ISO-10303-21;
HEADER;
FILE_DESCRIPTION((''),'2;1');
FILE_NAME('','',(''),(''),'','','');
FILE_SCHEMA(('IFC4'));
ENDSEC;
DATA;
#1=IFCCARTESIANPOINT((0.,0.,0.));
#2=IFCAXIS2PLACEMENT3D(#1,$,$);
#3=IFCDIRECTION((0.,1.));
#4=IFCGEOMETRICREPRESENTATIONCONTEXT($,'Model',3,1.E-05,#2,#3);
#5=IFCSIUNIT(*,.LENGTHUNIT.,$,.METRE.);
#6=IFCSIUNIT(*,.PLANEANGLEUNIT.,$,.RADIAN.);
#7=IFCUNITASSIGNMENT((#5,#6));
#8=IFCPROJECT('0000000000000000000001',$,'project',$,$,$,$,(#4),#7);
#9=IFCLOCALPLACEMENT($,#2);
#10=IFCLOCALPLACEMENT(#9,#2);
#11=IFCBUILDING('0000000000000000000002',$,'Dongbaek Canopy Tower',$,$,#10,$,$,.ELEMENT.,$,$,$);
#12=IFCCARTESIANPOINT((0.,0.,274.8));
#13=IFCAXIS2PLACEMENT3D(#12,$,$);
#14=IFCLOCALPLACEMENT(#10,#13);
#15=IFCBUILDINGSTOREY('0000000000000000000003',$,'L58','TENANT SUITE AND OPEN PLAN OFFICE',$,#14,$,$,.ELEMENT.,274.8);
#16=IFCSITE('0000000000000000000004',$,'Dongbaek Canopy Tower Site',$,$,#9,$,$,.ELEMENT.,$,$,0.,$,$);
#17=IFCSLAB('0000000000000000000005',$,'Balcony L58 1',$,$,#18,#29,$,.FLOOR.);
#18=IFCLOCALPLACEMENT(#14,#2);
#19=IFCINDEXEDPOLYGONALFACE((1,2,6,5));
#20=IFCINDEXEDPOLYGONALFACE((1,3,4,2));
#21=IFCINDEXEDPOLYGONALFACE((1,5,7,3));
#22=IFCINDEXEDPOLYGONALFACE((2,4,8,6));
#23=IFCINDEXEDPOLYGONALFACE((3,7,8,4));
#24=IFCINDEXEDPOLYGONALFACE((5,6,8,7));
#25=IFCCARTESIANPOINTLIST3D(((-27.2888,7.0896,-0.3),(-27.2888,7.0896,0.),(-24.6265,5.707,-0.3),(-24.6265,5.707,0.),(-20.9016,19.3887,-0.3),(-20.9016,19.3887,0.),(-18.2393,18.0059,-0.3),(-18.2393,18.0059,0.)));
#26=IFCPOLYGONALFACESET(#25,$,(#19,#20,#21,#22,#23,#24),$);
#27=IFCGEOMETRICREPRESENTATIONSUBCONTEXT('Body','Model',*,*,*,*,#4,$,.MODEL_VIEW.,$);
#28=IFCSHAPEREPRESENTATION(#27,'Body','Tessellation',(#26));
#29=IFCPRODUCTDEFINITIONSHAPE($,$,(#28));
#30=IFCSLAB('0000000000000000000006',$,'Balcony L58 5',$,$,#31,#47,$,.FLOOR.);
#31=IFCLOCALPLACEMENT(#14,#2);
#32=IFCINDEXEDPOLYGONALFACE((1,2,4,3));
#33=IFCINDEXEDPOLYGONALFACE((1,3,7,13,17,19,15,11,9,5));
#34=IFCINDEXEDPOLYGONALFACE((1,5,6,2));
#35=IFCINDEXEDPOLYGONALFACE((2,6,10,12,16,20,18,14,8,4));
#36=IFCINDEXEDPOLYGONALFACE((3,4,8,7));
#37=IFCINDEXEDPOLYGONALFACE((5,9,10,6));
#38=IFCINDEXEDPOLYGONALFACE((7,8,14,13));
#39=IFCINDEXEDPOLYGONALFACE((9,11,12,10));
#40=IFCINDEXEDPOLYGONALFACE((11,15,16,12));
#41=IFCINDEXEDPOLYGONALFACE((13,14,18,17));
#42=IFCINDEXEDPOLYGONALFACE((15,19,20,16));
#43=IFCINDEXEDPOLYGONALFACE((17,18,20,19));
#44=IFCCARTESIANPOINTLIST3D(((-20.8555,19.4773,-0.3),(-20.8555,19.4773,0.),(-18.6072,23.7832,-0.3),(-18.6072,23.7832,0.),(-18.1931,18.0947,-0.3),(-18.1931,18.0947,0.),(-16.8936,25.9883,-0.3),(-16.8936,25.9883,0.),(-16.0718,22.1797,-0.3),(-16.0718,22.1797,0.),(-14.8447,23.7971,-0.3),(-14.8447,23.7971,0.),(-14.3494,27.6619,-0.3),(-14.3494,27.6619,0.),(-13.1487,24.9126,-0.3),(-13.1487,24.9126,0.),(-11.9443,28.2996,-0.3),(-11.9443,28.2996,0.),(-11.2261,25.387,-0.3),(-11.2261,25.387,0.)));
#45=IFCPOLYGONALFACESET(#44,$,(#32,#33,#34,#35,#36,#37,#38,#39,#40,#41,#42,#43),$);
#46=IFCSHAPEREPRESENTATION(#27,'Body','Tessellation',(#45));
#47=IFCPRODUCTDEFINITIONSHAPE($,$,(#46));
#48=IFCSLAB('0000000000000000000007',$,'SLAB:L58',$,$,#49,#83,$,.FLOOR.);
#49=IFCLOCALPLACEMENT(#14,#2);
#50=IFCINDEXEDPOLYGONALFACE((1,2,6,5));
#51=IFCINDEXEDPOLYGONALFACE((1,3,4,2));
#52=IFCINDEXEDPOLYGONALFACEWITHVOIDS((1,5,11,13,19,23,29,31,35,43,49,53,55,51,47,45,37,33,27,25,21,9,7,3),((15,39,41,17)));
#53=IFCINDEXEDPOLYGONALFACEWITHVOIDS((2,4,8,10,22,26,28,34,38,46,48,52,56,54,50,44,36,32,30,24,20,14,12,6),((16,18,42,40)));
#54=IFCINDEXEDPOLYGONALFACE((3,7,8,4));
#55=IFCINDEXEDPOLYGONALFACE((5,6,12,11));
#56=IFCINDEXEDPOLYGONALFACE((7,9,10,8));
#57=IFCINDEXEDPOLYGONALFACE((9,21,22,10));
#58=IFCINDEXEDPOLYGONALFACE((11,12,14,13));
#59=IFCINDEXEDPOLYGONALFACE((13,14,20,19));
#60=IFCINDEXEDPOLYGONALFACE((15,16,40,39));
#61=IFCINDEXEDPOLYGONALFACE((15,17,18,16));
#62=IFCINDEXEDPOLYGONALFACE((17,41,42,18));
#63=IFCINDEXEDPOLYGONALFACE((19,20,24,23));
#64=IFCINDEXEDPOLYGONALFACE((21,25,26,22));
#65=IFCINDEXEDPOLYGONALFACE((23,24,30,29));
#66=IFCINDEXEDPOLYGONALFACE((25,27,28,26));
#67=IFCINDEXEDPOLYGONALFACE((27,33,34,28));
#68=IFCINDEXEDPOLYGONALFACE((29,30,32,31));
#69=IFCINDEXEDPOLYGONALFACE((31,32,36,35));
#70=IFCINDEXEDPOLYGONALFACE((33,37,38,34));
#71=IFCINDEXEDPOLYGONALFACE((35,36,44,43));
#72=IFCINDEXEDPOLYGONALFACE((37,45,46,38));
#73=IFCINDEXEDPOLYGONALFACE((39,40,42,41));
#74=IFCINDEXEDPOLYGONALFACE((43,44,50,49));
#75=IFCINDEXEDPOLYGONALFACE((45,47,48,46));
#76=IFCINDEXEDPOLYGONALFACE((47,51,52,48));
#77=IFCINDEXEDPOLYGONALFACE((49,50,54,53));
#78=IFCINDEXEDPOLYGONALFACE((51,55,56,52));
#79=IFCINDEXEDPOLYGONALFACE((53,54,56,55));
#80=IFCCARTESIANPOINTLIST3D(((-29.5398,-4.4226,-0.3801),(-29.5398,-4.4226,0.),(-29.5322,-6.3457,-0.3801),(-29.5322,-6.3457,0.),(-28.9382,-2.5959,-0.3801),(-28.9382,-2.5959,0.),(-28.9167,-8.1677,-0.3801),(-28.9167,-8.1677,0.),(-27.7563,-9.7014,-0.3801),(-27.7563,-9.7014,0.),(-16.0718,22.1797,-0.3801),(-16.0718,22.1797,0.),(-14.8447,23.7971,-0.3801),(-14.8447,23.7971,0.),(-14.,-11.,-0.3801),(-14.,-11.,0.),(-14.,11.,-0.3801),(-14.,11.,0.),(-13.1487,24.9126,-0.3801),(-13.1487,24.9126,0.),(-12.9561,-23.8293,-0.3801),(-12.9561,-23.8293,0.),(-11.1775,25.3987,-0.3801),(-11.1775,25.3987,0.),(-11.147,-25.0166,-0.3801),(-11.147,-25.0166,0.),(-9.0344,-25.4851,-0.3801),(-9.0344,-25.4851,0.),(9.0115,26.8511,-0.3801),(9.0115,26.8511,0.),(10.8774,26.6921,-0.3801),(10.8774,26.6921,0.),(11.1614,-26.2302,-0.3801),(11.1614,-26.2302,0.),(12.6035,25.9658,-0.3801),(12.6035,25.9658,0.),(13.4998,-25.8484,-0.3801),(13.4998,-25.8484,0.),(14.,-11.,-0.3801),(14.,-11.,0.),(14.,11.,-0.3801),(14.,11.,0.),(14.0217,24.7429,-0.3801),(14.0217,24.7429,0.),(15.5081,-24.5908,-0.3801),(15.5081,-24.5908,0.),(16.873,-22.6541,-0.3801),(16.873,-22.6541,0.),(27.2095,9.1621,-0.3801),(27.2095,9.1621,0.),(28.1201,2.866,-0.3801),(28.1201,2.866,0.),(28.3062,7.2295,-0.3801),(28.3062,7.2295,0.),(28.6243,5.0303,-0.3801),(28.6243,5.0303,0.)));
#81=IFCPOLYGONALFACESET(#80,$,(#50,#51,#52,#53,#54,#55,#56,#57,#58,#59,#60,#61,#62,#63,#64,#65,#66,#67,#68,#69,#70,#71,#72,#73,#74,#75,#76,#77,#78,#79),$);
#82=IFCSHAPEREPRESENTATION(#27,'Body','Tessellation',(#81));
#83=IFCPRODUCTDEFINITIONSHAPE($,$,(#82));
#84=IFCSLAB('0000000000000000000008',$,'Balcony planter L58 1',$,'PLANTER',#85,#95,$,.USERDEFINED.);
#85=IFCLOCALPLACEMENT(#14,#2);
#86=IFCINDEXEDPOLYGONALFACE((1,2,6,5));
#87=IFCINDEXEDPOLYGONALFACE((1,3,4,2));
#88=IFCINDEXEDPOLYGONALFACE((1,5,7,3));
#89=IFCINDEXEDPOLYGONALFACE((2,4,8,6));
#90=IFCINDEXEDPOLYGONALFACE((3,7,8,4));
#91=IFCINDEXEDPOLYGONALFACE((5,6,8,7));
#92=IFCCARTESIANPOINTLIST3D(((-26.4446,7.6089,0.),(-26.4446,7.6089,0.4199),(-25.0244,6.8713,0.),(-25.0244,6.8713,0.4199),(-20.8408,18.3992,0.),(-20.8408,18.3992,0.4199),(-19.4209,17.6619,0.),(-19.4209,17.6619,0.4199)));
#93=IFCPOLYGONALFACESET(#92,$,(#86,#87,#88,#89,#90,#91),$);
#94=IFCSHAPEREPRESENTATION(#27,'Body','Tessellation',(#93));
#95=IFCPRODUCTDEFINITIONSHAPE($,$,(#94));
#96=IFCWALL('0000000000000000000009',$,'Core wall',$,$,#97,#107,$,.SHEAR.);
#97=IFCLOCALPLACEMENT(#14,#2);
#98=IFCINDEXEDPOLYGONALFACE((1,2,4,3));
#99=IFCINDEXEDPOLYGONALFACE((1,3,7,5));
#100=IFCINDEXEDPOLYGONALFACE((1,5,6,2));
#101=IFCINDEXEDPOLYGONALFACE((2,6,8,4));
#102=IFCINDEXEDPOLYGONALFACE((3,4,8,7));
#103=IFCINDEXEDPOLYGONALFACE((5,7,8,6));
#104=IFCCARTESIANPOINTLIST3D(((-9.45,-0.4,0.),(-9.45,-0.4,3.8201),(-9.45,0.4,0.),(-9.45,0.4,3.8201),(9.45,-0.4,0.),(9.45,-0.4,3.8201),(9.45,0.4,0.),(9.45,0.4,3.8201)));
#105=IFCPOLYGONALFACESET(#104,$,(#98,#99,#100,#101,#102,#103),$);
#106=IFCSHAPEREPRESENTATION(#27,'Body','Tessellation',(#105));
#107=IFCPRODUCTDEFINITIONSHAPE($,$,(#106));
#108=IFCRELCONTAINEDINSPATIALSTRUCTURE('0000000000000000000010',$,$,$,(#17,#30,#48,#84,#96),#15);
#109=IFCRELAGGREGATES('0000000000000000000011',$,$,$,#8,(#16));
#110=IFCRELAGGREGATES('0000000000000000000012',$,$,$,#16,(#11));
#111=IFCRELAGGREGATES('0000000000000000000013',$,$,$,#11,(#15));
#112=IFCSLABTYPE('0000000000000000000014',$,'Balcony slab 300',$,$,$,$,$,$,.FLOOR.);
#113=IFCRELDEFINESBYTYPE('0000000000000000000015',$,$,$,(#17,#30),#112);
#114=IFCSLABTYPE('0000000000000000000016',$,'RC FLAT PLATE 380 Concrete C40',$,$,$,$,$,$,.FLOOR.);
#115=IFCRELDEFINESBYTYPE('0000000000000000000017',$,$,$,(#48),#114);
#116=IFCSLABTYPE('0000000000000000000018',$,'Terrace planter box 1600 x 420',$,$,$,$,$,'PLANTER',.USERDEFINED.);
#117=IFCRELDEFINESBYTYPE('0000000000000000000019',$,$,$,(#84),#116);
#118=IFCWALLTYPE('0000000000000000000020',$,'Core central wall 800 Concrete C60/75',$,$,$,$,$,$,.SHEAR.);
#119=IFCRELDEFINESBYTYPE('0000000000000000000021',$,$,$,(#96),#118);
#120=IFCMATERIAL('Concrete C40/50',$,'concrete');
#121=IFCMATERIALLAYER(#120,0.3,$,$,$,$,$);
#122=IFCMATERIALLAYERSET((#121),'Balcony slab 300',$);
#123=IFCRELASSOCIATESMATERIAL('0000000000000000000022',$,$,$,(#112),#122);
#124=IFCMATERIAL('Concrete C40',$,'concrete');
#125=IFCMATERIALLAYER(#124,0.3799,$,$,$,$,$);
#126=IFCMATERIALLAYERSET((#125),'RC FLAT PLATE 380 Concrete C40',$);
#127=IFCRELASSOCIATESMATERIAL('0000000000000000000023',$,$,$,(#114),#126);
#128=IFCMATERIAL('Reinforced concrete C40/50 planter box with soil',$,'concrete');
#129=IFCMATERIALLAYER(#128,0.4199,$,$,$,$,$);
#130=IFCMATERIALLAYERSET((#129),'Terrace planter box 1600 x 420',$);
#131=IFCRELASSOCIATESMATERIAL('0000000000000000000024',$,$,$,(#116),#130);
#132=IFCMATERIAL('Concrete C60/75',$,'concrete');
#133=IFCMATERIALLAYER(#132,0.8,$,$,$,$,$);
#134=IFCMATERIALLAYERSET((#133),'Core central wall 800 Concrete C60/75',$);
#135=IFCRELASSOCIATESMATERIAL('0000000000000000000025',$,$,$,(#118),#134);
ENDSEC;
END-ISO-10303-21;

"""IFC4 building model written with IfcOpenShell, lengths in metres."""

from ifc_helpers import new_model, si_unit, direction, frame, frame_2d, origin, place, context, subcontext, project, spatial, polyline, rectangle, outline, extrude, material, layer, layer_set, type_object, element, save


model = new_model("IFC4")

# Units and contexts
model_context = context("Model", 3, precision=1e-05, world=origin(), true_north=direction((0.0, 1.0)))
body_context = subcontext(model_context, "Body", "Model", "MODEL_VIEW")
ifc_project = project(units=[si_unit("LENGTHUNIT", "METRE"), si_unit("PLANEANGLEUNIT", "RADIAN")], contexts=[model_context])

# Site, building, storey
site_placement = place(None, origin())
site = spatial("IfcSite", under=ifc_project, at=site_placement, Name="Dongbaek Canopy Tower Site", CompositionType="ELEMENT", RefElevation=0.0)
building_placement = place(site_placement, origin())
building = spatial("IfcBuilding", under=site, at=building_placement, Name="Dongbaek Canopy Tower", CompositionType="ELEMENT")
storey_placement = place(building_placement, frame((0.0, 0.0, 274.8)))
storey = spatial("IfcBuildingStorey", under=building, at=storey_placement, Name="L58", Description="TENANT SUITE AND OPEN PLAN OFFICE", CompositionType="ELEMENT", Elevation=274.8)

# Slabs
ifc_material_1 = material(Name="Concrete C40/50", Category="concrete")
ifc_layer_1 = layer(ifc_material_1, 0.3)
ifc_layer_set_1 = layer_set([ifc_layer_1], Name="Balcony slab 300")
slab_type_1 = type_object("IfcSlabType", Name="Balcony slab 300", PredefinedType="FLOOR", material=ifc_layer_set_1)
slab_1_placement = place(storey_placement, frame((0.0, 0.0, -0.3)))
element("IfcSlab", 1, at=slab_1_placement, inside=storey, type_object=slab_type_1, Name="Balcony L58 1", PredefinedType="FLOOR", context=body_context, shape_type="SweptSolid", body=[
    extrude(outline(polyline([(-18.2393, 18.0059), (-24.6265, 5.707), (-27.2888, 7.0896), (-20.9016, 19.3887), (-18.2393, 18.0059)])), origin(), (0.0, 0.0, 1.0), 0.3),
])
slab_2_placement = place(storey_placement, frame((0.0, 0.0, -0.3)))
element("IfcSlab", 2, at=slab_2_placement, inside=storey, type_object=slab_type_1, Name="Balcony L58 5", PredefinedType="FLOOR", context=body_context, shape_type="SweptSolid", body=[
    extrude(outline(polyline([(-11.2261, 25.387), (-13.1487, 24.9126), (-14.8447, 23.7971), (-16.0718, 22.1797), (-18.1931, 18.0947), (-20.8555, 19.4773), (-18.6072, 23.7832), (-16.8936, 25.9883), (-14.3494, 27.6619), (-11.9443, 28.2996), (-11.2261, 25.387)])), origin(), (0.0, 0.0, 1.0), 0.3),
])
ifc_material_2 = material(Name="Concrete C40", Category="concrete")
ifc_layer_2 = layer(ifc_material_2, 0.3799)
ifc_layer_set_2 = layer_set([ifc_layer_2], Name="RC FLAT PLATE 380 Concrete C40")
slab_type_2 = type_object("IfcSlabType", Name="RC FLAT PLATE 380 Concrete C40", PredefinedType="FLOOR", material=ifc_layer_set_2)
slab_3_placement = place(storey_placement, frame((0.0, 0.0, -0.3801)))
element("IfcSlab", 3, at=slab_3_placement, inside=storey, type_object=slab_type_2, Name="SLAB:L58", PredefinedType="FLOOR", context=body_context, shape_type="SweptSolid", body=[
    extrude(outline(polyline([(16.873, -22.6541), (15.5081, -24.5908), (13.4998, -25.8484), (11.1614, -26.2302), (-9.0344, -25.4851), (-11.147, -25.0166), (-12.9561, -23.8293), (-27.7563, -9.7014), (-28.9167, -8.1677), (-29.5322, -6.3457), (-29.5398, -4.4226), (-28.9382, -2.5959), (-16.0718, 22.1797), (-14.8447, 23.7971), (-13.1487, 24.9126), (-11.1775, 25.3987), (9.0115, 26.8511), (10.8774, 26.6921), (12.6035, 25.9658), (14.0217, 24.7429), (27.2095, 9.1621), (28.3062, 7.2295), (28.6243, 5.0303), (28.1201, 2.866), (16.873, -22.6541)]), holes=[polyline([(14.0, 11.0), (-14.0, 11.0), (-14.0, -11.0), (14.0, -11.0), (14.0, 11.0)])]), origin(), (0.0, 0.0, 1.0), 0.3801),
])
ifc_material_3 = material(Name="Reinforced concrete C40/50 planter box with soil", Category="concrete")
ifc_layer_3 = layer(ifc_material_3, 0.4199)
ifc_layer_set_3 = layer_set([ifc_layer_3], Name="Terrace planter box 1600 x 420")
slab_type_3 = type_object("IfcSlabType", Name="Terrace planter box 1600 x 420", ElementType="PLANTER", PredefinedType="USERDEFINED", material=ifc_layer_set_3)
slab_4_placement = place(storey_placement, origin())
element("IfcSlab", 4, at=slab_4_placement, inside=storey, type_object=slab_type_3, Name="Balcony planter L58 1", ObjectType="PLANTER", PredefinedType="USERDEFINED", context=body_context, shape_type="SweptSolid", body=[
    extrude(outline(polyline([(-19.4209, 17.6619), (-25.0244, 6.8713), (-26.4446, 7.6089), (-20.8408, 18.3992), (-19.4209, 17.6619)])), origin(), (0.0, 0.0, 1.0), 0.4199),
])

# Wall
ifc_material_4 = material(Name="Concrete C60/75", Category="concrete")
ifc_layer_4 = layer(ifc_material_4, 0.8)
ifc_layer_set_4 = layer_set([ifc_layer_4], Name="Core central wall 800 Concrete C60/75")
wall_type_1 = type_object("IfcWallType", Name="Core central wall 800 Concrete C60/75", PredefinedType="SHEAR", material=ifc_layer_set_4)
wall_1_placement = place(storey_placement, frame((-9.45, 0.0, 0.0), z_axis=(0.0, 0.0, 1.0), x_axis=(1.0, 0.0, 0.0)))
element("IfcWall", 5, at=wall_1_placement, inside=storey, type_object=wall_type_1, Name="Core wall", PredefinedType="SHEAR", context=body_context, shape_type="SweptSolid", body=[
    extrude(rectangle(XDim=18.8999, YDim=0.8, at=frame_2d((9.45, 0.0))), origin(), (0.0, 0.0, 1.0), 3.8201),
])

save(model, "model.ifc")
